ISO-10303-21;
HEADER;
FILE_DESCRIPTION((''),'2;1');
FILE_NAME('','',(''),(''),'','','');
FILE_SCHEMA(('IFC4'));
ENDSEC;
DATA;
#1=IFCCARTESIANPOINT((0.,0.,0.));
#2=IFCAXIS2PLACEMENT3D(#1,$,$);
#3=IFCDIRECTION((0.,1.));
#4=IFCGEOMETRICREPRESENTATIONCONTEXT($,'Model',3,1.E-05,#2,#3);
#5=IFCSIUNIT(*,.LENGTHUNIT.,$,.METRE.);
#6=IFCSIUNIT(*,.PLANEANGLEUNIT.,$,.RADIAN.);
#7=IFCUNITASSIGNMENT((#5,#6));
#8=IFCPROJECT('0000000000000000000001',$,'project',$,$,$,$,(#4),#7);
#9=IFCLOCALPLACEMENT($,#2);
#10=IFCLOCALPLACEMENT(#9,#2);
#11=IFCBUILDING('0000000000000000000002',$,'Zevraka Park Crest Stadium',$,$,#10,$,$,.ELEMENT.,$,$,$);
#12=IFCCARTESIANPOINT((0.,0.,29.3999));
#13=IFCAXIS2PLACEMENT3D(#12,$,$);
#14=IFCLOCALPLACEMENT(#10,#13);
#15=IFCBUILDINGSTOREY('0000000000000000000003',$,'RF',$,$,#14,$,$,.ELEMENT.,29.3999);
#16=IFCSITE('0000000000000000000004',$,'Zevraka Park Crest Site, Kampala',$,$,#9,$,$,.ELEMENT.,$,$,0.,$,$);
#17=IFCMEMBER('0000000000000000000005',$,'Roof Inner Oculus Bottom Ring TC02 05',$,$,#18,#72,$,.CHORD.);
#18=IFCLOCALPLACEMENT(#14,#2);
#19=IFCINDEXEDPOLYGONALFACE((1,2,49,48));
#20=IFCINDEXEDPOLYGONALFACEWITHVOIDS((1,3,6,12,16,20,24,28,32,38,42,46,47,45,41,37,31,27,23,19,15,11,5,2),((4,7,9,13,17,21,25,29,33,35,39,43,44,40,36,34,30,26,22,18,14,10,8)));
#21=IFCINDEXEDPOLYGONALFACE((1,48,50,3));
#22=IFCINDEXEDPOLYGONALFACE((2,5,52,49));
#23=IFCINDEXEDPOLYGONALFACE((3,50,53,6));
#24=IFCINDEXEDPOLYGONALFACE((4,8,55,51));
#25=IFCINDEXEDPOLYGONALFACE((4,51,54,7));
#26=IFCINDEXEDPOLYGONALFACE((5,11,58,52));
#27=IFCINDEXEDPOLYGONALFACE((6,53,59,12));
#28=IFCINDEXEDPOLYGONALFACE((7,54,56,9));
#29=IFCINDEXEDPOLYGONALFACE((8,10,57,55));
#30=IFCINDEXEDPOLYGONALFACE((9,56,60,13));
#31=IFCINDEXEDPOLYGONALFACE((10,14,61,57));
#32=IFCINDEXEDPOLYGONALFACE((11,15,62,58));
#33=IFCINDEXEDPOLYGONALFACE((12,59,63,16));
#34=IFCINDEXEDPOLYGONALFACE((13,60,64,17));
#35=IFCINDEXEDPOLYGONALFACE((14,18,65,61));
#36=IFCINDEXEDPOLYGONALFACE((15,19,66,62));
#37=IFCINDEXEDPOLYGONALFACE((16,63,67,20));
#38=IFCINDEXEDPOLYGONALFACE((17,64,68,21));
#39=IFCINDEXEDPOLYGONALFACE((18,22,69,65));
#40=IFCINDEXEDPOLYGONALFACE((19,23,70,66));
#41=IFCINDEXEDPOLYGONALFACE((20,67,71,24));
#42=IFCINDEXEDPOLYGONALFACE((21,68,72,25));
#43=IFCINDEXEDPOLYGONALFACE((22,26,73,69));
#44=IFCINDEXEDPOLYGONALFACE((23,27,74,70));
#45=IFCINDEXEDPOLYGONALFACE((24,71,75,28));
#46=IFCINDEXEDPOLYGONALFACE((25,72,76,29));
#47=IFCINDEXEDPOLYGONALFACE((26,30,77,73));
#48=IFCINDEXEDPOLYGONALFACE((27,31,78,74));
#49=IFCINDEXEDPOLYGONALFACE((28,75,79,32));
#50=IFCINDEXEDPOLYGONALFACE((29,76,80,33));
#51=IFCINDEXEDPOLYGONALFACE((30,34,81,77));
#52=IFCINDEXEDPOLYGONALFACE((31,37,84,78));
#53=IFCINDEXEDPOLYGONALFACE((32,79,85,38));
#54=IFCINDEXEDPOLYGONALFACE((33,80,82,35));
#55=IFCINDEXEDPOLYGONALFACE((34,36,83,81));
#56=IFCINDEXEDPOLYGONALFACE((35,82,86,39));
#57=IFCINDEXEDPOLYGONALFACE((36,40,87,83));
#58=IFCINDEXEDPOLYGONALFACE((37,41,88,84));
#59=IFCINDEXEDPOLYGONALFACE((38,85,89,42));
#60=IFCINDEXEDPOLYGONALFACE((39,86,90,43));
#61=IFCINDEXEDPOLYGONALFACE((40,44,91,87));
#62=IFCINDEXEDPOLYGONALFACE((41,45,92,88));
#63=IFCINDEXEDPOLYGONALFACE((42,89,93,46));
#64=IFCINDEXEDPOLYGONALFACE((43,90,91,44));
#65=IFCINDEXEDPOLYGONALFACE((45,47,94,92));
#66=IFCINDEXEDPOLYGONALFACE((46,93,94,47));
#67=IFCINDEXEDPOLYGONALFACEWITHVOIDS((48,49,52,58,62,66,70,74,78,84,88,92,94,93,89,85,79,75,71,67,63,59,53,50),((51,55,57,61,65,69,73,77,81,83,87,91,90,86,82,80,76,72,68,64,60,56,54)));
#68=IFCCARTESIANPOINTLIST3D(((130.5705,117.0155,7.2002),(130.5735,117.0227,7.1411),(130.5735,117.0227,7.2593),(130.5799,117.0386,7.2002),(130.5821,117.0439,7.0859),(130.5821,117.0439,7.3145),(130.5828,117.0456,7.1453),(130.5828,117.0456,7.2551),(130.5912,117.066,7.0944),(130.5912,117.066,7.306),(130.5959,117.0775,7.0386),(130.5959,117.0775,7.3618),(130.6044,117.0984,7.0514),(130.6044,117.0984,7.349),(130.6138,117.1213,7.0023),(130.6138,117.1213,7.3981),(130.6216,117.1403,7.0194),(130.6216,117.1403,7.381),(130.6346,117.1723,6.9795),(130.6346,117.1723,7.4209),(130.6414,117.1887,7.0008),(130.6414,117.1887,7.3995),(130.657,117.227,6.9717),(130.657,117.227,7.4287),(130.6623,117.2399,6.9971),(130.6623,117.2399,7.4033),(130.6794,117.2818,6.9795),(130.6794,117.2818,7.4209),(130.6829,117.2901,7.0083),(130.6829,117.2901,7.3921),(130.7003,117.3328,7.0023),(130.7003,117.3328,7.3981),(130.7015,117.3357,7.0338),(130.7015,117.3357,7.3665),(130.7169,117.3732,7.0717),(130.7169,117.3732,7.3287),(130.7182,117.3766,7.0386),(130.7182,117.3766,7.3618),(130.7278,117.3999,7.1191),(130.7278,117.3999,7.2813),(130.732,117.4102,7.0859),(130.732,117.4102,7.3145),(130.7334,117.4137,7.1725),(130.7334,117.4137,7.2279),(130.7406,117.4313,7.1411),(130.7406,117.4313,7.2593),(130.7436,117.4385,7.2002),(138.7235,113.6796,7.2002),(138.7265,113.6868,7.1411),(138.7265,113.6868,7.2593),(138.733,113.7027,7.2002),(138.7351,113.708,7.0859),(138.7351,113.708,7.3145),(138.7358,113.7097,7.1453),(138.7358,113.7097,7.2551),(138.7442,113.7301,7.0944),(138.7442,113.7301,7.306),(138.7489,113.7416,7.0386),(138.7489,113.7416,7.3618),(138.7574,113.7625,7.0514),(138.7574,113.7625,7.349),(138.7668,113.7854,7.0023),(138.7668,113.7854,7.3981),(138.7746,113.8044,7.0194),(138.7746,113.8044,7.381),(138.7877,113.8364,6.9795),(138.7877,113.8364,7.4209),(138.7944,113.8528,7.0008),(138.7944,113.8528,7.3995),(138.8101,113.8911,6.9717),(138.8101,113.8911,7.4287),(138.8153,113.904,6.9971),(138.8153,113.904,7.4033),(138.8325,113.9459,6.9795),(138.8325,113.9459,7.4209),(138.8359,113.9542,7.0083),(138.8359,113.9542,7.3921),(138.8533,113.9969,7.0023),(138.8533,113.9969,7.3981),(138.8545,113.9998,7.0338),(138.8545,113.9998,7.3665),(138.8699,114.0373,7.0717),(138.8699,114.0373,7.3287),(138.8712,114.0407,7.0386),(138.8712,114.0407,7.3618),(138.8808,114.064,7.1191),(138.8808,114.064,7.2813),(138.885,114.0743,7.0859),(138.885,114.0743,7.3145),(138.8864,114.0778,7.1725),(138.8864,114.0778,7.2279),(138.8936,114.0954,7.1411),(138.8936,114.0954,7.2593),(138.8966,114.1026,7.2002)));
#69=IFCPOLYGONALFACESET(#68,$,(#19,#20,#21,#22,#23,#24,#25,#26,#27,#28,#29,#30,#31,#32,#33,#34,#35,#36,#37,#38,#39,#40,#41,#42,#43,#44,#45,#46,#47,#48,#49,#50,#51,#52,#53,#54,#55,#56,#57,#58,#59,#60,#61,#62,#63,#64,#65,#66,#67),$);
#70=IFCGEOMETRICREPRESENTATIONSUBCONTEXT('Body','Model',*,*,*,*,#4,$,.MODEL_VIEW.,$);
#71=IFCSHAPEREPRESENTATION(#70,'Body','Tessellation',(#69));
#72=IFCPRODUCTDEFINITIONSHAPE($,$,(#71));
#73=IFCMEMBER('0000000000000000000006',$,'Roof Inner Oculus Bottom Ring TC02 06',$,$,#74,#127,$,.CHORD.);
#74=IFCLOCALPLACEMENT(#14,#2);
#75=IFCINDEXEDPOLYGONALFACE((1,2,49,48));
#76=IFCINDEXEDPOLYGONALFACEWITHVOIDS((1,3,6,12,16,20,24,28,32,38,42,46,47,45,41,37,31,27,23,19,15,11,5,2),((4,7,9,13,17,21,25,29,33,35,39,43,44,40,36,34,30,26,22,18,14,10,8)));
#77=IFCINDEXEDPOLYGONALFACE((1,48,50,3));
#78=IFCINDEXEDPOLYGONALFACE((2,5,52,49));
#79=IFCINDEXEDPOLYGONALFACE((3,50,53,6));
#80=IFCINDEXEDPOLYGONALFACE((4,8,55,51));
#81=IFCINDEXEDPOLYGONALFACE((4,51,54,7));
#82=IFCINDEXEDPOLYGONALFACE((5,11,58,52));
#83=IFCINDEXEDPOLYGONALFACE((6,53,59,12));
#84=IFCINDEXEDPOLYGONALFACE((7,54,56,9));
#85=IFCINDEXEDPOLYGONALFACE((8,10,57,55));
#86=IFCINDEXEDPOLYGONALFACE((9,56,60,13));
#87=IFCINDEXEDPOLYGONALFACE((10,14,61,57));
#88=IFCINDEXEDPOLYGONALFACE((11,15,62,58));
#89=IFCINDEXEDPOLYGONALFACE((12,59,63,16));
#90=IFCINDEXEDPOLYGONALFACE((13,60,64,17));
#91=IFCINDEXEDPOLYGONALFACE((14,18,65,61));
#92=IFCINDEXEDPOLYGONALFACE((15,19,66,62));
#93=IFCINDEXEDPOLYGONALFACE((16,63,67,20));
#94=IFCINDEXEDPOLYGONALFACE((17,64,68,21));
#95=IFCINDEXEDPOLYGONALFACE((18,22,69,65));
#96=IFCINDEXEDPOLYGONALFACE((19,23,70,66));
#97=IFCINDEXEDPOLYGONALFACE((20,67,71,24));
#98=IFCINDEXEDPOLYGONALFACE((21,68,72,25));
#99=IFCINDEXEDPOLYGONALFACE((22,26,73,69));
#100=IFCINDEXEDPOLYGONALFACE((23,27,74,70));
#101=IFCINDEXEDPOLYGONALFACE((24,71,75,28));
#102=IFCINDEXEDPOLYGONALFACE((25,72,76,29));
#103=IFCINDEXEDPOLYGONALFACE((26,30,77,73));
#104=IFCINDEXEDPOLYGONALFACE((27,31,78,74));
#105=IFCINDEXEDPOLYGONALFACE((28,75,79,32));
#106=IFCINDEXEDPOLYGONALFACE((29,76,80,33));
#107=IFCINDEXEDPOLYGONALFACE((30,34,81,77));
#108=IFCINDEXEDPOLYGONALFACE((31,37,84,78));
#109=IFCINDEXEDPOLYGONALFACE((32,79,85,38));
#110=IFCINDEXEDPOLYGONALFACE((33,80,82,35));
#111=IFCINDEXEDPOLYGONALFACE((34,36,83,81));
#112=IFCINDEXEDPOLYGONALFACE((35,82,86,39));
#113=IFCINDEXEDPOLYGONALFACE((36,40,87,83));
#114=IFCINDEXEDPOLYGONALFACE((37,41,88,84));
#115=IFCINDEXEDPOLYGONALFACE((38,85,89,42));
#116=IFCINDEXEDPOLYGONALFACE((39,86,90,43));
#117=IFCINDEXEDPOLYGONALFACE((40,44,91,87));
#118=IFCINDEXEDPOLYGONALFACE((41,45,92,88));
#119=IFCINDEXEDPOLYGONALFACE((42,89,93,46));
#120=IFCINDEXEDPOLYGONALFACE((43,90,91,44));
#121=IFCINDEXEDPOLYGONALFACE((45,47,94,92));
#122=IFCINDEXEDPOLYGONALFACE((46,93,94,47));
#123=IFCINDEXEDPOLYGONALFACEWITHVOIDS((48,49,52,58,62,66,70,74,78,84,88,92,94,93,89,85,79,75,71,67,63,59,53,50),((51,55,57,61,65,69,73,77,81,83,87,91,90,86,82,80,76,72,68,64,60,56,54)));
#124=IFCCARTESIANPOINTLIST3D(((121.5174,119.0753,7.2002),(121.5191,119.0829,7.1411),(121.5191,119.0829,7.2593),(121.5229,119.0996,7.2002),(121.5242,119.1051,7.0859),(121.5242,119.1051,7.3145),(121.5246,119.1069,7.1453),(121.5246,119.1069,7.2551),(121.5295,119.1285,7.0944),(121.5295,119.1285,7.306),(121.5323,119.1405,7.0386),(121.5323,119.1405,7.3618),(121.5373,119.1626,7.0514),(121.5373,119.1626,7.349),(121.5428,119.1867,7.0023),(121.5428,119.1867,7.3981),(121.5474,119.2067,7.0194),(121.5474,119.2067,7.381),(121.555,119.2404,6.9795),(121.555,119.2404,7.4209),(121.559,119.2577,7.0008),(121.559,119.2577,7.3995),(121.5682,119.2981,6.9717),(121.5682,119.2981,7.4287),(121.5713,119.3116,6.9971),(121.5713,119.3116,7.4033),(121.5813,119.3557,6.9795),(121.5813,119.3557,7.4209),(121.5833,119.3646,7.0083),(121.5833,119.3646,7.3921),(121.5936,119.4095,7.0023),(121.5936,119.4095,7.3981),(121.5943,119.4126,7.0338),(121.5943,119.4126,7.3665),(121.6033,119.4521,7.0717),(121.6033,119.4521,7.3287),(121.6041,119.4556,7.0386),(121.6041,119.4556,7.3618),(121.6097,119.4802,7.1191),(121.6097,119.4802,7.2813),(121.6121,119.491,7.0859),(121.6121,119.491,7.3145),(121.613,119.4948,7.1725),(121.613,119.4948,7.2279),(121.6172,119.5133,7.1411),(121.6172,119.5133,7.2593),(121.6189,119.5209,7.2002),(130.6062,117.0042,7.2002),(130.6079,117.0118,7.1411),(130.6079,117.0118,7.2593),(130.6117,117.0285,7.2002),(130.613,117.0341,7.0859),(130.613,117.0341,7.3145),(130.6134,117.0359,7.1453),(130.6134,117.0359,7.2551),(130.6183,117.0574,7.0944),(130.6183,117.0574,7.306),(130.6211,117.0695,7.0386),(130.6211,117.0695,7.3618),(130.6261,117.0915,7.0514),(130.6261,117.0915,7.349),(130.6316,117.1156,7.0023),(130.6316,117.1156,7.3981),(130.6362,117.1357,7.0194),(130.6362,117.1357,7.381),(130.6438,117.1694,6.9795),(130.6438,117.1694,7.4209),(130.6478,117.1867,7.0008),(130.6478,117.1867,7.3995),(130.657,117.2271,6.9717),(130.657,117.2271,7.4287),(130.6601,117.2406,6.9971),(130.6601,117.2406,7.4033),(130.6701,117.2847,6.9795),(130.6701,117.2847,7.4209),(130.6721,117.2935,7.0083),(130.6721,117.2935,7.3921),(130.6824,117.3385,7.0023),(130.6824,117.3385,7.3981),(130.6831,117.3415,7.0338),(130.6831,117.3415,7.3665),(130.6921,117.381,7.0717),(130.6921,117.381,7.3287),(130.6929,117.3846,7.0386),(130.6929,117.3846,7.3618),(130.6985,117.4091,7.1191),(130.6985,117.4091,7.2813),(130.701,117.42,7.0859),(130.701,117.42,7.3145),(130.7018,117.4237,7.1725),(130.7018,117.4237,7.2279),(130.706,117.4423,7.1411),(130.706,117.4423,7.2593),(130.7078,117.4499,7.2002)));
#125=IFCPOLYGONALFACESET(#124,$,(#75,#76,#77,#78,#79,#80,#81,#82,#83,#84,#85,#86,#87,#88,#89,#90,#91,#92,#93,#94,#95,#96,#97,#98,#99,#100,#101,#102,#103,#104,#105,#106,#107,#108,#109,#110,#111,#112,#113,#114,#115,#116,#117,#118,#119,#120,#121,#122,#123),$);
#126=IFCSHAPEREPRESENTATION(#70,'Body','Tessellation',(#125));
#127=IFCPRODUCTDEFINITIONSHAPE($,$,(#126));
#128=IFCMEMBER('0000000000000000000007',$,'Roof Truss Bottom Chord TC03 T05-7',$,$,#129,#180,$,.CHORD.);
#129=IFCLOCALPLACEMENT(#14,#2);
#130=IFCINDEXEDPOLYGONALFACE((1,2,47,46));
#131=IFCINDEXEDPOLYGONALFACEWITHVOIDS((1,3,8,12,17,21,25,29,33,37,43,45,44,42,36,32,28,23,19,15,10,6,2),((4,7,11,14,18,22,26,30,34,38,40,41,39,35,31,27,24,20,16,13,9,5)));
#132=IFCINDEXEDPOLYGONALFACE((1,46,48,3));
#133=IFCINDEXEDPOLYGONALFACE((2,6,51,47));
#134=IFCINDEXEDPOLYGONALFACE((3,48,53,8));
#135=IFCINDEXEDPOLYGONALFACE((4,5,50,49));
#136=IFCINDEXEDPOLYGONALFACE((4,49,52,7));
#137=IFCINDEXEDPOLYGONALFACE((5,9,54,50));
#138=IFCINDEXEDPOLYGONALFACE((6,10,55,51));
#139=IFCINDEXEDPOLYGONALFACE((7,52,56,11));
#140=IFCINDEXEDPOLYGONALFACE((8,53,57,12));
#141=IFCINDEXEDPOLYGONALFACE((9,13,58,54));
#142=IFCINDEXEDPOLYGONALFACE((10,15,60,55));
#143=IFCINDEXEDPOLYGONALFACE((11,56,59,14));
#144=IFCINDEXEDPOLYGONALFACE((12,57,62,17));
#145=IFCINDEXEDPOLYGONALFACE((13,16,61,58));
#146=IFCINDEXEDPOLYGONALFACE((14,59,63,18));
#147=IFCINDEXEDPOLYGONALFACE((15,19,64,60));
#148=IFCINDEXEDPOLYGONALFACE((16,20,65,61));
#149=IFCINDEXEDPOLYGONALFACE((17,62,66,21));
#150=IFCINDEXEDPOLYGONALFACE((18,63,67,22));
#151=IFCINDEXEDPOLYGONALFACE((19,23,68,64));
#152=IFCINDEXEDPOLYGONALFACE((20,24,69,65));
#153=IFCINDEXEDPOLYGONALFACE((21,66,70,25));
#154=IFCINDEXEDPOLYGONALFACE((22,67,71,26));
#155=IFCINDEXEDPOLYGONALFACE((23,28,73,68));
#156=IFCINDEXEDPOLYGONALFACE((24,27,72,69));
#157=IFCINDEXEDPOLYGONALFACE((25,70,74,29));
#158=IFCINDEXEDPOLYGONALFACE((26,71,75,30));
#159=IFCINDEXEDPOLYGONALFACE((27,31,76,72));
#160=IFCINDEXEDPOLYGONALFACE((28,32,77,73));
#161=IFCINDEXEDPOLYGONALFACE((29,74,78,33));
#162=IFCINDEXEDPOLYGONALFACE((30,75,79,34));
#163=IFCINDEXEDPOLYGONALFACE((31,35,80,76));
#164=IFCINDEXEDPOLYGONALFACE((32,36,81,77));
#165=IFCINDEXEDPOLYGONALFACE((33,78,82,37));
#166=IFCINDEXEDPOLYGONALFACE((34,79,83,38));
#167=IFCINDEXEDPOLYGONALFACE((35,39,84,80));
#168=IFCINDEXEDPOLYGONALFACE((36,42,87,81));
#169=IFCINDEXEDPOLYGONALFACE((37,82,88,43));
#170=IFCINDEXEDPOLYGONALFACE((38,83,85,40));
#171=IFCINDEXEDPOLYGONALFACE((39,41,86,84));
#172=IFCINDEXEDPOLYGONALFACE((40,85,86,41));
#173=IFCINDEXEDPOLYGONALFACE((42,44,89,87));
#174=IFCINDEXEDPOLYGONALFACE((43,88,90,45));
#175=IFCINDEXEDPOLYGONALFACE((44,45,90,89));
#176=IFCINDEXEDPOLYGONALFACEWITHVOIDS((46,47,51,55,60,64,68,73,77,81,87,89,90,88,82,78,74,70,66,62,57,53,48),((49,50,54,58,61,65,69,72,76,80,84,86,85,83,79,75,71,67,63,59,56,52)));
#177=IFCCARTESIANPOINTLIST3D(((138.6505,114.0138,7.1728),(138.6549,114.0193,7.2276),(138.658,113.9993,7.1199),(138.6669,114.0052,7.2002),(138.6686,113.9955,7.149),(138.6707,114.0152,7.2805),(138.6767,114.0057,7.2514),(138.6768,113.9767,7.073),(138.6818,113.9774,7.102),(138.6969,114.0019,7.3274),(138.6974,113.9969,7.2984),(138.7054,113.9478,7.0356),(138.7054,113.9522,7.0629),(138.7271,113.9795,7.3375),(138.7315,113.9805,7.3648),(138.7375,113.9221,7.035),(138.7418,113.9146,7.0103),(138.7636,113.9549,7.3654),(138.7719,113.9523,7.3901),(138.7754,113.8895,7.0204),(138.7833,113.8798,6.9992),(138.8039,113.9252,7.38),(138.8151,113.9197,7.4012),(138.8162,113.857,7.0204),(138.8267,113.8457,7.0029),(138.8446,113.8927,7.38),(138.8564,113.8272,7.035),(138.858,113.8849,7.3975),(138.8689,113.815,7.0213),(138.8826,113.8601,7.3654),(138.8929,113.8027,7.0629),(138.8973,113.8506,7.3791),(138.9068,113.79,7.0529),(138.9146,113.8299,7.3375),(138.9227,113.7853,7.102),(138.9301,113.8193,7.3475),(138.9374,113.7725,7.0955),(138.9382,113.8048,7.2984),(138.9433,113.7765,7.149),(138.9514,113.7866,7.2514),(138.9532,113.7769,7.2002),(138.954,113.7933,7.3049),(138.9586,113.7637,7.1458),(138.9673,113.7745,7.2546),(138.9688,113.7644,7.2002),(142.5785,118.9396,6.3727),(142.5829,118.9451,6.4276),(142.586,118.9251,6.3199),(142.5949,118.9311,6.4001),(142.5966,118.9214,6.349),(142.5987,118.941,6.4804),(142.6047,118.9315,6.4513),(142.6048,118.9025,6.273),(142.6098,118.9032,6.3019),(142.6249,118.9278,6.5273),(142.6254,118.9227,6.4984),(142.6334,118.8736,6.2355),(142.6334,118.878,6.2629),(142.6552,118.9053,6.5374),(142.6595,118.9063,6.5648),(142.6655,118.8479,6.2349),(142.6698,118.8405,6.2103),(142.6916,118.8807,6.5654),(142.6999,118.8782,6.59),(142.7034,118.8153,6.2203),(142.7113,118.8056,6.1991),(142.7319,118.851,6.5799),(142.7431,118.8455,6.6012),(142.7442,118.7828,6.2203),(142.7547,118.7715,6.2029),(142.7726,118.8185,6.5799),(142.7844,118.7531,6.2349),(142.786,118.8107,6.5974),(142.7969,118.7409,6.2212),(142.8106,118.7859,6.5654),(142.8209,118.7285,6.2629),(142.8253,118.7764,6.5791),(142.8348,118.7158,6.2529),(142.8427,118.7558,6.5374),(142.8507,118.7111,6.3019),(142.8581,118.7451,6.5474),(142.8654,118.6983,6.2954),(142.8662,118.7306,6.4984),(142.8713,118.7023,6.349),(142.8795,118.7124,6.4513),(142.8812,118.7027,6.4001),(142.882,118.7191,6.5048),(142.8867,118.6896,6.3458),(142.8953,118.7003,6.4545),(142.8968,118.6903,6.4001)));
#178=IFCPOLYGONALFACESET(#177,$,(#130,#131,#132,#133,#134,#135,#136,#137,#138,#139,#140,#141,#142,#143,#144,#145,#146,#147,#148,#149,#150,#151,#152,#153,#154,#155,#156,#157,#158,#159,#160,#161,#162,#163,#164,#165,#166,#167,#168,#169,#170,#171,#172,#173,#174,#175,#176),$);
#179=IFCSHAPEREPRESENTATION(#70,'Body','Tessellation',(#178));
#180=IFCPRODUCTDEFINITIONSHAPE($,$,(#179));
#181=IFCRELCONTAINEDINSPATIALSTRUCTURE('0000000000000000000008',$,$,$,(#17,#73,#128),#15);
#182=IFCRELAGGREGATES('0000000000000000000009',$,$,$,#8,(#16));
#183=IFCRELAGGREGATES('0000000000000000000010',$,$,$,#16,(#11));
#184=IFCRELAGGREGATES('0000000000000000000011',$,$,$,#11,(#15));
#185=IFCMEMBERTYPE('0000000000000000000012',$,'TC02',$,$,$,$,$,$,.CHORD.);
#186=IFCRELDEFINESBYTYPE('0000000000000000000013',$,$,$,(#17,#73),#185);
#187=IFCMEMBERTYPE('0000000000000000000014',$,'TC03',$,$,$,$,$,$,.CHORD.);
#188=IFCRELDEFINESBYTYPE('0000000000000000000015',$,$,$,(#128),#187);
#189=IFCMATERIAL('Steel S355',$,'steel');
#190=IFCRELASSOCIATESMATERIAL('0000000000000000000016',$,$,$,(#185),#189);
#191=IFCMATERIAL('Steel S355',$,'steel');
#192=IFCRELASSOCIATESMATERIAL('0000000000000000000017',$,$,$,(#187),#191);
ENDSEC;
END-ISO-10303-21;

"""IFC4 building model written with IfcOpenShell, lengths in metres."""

from ifc_helpers import new_model, si_unit, direction, frame, origin, origin_2d, place, context, subcontext, project, spatial, hollow_circle, extrude, material, material_profile, profile_set, type_object, element, save


model = new_model("IFC4")

# Units and contexts
model_context = context("Model", 3, precision=1e-05, world=origin(), true_north=direction((0.0, 1.0)))
body_context = subcontext(model_context, "Body", "Model", "MODEL_VIEW")
ifc_project = project(units=[si_unit("LENGTHUNIT", "METRE"), si_unit("PLANEANGLEUNIT", "RADIAN")], contexts=[model_context])

# Site, building, storey
site_placement = place(None, origin())
site = spatial("IfcSite", under=ifc_project, at=site_placement, Name="Zevraka Park Crest Site, Kampala", CompositionType="ELEMENT", RefElevation=0.0)
building_placement = place(site_placement, origin())
building = spatial("IfcBuilding", under=site, at=building_placement, Name="Zevraka Park Crest Stadium", CompositionType="ELEMENT")
storey_placement = place(building_placement, frame((0.0, 0.0, 29.3999)))
storey = spatial("IfcBuildingStorey", under=building, at=storey_placement, Name="RF", CompositionType="ELEMENT", Elevation=29.3999)

# Members
ifc_material_1 = material(Name="Steel S355", Category="steel")
ifc_material_profile_1 = material_profile(ifc_material_1, hollow_circle(Radius=0.2285, WallThickness=0.0249, at=origin_2d()), Name="CHS 457.0x25")
ifc_profile_set_1 = profile_set([ifc_material_profile_1], Name="Steel S355")
member_type_1 = type_object("IfcMemberType", Name="TC02", PredefinedType="CHORD", material=ifc_profile_set_1)
member_1_placement = place(storey_placement, frame((138.8101, 113.8911, 7.2002), z_axis=(-0.925524, 0.37869, 0.0), x_axis=(-0.37869, -0.925524, 0.0)))
element("IfcMember", 1, at=member_1_placement, inside=storey, type_object=member_type_1, Name="Roof Inner Oculus Bottom Ring TC02 05", PredefinedType="CHORD", context=body_context, shape_type="SweptSolid", body=[
    extrude(hollow_circle(Radius=0.2285, WallThickness=0.0249, at=origin_2d()), origin(), (0.0, 0.0, 1.0), 8.8091),
])
member_2_placement = place(storey_placement, frame((130.657, 117.2271, 7.2002), z_axis=(-0.975008, 0.222171, 0.0), x_axis=(-0.222171, -0.975008, 0.0)))
element("IfcMember", 2, at=member_2_placement, inside=storey, type_object=member_type_1, Name="Roof Inner Oculus Bottom Ring TC02 06", PredefinedType="CHORD", context=body_context, shape_type="SweptSolid", body=[
    extrude(hollow_circle(Radius=0.2285, WallThickness=0.0249, at=origin_2d()), origin(), (0.0, 0.0, 1.0), 9.3218),
])
ifc_material_2 = material(Name="Steel S355", Category="steel")
ifc_material_profile_2 = material_profile(ifc_material_2, hollow_circle(Radius=0.2031, WallThickness=0.02, at=origin_2d()), Name="CHS 406.4x20")
ifc_profile_set_2 = profile_set([ifc_material_profile_2], Name="Steel S355")
member_type_2 = type_object("IfcMemberType", Name="TC03", PredefinedType="CHORD", material=ifc_profile_set_2)
member_3_placement = place(storey_placement, frame((142.738, 118.8169, 6.4001), z_axis=(-0.618503, -0.775618, 0.125976), x_axis=(0.781847, -0.62347, 0.0)))
element("IfcMember", 3, at=member_3_placement, inside=storey, type_object=member_type_2, Name="Roof Truss Bottom Chord TC03 T05-7", PredefinedType="CHORD", context=body_context, shape_type="SweptSolid", body=[
    extrude(hollow_circle(Radius=0.2031, WallThickness=0.02, at=origin_2d()), origin(), (0.0, 0.0, 1.0), 6.3508),
])

save(model, "model.ifc")
